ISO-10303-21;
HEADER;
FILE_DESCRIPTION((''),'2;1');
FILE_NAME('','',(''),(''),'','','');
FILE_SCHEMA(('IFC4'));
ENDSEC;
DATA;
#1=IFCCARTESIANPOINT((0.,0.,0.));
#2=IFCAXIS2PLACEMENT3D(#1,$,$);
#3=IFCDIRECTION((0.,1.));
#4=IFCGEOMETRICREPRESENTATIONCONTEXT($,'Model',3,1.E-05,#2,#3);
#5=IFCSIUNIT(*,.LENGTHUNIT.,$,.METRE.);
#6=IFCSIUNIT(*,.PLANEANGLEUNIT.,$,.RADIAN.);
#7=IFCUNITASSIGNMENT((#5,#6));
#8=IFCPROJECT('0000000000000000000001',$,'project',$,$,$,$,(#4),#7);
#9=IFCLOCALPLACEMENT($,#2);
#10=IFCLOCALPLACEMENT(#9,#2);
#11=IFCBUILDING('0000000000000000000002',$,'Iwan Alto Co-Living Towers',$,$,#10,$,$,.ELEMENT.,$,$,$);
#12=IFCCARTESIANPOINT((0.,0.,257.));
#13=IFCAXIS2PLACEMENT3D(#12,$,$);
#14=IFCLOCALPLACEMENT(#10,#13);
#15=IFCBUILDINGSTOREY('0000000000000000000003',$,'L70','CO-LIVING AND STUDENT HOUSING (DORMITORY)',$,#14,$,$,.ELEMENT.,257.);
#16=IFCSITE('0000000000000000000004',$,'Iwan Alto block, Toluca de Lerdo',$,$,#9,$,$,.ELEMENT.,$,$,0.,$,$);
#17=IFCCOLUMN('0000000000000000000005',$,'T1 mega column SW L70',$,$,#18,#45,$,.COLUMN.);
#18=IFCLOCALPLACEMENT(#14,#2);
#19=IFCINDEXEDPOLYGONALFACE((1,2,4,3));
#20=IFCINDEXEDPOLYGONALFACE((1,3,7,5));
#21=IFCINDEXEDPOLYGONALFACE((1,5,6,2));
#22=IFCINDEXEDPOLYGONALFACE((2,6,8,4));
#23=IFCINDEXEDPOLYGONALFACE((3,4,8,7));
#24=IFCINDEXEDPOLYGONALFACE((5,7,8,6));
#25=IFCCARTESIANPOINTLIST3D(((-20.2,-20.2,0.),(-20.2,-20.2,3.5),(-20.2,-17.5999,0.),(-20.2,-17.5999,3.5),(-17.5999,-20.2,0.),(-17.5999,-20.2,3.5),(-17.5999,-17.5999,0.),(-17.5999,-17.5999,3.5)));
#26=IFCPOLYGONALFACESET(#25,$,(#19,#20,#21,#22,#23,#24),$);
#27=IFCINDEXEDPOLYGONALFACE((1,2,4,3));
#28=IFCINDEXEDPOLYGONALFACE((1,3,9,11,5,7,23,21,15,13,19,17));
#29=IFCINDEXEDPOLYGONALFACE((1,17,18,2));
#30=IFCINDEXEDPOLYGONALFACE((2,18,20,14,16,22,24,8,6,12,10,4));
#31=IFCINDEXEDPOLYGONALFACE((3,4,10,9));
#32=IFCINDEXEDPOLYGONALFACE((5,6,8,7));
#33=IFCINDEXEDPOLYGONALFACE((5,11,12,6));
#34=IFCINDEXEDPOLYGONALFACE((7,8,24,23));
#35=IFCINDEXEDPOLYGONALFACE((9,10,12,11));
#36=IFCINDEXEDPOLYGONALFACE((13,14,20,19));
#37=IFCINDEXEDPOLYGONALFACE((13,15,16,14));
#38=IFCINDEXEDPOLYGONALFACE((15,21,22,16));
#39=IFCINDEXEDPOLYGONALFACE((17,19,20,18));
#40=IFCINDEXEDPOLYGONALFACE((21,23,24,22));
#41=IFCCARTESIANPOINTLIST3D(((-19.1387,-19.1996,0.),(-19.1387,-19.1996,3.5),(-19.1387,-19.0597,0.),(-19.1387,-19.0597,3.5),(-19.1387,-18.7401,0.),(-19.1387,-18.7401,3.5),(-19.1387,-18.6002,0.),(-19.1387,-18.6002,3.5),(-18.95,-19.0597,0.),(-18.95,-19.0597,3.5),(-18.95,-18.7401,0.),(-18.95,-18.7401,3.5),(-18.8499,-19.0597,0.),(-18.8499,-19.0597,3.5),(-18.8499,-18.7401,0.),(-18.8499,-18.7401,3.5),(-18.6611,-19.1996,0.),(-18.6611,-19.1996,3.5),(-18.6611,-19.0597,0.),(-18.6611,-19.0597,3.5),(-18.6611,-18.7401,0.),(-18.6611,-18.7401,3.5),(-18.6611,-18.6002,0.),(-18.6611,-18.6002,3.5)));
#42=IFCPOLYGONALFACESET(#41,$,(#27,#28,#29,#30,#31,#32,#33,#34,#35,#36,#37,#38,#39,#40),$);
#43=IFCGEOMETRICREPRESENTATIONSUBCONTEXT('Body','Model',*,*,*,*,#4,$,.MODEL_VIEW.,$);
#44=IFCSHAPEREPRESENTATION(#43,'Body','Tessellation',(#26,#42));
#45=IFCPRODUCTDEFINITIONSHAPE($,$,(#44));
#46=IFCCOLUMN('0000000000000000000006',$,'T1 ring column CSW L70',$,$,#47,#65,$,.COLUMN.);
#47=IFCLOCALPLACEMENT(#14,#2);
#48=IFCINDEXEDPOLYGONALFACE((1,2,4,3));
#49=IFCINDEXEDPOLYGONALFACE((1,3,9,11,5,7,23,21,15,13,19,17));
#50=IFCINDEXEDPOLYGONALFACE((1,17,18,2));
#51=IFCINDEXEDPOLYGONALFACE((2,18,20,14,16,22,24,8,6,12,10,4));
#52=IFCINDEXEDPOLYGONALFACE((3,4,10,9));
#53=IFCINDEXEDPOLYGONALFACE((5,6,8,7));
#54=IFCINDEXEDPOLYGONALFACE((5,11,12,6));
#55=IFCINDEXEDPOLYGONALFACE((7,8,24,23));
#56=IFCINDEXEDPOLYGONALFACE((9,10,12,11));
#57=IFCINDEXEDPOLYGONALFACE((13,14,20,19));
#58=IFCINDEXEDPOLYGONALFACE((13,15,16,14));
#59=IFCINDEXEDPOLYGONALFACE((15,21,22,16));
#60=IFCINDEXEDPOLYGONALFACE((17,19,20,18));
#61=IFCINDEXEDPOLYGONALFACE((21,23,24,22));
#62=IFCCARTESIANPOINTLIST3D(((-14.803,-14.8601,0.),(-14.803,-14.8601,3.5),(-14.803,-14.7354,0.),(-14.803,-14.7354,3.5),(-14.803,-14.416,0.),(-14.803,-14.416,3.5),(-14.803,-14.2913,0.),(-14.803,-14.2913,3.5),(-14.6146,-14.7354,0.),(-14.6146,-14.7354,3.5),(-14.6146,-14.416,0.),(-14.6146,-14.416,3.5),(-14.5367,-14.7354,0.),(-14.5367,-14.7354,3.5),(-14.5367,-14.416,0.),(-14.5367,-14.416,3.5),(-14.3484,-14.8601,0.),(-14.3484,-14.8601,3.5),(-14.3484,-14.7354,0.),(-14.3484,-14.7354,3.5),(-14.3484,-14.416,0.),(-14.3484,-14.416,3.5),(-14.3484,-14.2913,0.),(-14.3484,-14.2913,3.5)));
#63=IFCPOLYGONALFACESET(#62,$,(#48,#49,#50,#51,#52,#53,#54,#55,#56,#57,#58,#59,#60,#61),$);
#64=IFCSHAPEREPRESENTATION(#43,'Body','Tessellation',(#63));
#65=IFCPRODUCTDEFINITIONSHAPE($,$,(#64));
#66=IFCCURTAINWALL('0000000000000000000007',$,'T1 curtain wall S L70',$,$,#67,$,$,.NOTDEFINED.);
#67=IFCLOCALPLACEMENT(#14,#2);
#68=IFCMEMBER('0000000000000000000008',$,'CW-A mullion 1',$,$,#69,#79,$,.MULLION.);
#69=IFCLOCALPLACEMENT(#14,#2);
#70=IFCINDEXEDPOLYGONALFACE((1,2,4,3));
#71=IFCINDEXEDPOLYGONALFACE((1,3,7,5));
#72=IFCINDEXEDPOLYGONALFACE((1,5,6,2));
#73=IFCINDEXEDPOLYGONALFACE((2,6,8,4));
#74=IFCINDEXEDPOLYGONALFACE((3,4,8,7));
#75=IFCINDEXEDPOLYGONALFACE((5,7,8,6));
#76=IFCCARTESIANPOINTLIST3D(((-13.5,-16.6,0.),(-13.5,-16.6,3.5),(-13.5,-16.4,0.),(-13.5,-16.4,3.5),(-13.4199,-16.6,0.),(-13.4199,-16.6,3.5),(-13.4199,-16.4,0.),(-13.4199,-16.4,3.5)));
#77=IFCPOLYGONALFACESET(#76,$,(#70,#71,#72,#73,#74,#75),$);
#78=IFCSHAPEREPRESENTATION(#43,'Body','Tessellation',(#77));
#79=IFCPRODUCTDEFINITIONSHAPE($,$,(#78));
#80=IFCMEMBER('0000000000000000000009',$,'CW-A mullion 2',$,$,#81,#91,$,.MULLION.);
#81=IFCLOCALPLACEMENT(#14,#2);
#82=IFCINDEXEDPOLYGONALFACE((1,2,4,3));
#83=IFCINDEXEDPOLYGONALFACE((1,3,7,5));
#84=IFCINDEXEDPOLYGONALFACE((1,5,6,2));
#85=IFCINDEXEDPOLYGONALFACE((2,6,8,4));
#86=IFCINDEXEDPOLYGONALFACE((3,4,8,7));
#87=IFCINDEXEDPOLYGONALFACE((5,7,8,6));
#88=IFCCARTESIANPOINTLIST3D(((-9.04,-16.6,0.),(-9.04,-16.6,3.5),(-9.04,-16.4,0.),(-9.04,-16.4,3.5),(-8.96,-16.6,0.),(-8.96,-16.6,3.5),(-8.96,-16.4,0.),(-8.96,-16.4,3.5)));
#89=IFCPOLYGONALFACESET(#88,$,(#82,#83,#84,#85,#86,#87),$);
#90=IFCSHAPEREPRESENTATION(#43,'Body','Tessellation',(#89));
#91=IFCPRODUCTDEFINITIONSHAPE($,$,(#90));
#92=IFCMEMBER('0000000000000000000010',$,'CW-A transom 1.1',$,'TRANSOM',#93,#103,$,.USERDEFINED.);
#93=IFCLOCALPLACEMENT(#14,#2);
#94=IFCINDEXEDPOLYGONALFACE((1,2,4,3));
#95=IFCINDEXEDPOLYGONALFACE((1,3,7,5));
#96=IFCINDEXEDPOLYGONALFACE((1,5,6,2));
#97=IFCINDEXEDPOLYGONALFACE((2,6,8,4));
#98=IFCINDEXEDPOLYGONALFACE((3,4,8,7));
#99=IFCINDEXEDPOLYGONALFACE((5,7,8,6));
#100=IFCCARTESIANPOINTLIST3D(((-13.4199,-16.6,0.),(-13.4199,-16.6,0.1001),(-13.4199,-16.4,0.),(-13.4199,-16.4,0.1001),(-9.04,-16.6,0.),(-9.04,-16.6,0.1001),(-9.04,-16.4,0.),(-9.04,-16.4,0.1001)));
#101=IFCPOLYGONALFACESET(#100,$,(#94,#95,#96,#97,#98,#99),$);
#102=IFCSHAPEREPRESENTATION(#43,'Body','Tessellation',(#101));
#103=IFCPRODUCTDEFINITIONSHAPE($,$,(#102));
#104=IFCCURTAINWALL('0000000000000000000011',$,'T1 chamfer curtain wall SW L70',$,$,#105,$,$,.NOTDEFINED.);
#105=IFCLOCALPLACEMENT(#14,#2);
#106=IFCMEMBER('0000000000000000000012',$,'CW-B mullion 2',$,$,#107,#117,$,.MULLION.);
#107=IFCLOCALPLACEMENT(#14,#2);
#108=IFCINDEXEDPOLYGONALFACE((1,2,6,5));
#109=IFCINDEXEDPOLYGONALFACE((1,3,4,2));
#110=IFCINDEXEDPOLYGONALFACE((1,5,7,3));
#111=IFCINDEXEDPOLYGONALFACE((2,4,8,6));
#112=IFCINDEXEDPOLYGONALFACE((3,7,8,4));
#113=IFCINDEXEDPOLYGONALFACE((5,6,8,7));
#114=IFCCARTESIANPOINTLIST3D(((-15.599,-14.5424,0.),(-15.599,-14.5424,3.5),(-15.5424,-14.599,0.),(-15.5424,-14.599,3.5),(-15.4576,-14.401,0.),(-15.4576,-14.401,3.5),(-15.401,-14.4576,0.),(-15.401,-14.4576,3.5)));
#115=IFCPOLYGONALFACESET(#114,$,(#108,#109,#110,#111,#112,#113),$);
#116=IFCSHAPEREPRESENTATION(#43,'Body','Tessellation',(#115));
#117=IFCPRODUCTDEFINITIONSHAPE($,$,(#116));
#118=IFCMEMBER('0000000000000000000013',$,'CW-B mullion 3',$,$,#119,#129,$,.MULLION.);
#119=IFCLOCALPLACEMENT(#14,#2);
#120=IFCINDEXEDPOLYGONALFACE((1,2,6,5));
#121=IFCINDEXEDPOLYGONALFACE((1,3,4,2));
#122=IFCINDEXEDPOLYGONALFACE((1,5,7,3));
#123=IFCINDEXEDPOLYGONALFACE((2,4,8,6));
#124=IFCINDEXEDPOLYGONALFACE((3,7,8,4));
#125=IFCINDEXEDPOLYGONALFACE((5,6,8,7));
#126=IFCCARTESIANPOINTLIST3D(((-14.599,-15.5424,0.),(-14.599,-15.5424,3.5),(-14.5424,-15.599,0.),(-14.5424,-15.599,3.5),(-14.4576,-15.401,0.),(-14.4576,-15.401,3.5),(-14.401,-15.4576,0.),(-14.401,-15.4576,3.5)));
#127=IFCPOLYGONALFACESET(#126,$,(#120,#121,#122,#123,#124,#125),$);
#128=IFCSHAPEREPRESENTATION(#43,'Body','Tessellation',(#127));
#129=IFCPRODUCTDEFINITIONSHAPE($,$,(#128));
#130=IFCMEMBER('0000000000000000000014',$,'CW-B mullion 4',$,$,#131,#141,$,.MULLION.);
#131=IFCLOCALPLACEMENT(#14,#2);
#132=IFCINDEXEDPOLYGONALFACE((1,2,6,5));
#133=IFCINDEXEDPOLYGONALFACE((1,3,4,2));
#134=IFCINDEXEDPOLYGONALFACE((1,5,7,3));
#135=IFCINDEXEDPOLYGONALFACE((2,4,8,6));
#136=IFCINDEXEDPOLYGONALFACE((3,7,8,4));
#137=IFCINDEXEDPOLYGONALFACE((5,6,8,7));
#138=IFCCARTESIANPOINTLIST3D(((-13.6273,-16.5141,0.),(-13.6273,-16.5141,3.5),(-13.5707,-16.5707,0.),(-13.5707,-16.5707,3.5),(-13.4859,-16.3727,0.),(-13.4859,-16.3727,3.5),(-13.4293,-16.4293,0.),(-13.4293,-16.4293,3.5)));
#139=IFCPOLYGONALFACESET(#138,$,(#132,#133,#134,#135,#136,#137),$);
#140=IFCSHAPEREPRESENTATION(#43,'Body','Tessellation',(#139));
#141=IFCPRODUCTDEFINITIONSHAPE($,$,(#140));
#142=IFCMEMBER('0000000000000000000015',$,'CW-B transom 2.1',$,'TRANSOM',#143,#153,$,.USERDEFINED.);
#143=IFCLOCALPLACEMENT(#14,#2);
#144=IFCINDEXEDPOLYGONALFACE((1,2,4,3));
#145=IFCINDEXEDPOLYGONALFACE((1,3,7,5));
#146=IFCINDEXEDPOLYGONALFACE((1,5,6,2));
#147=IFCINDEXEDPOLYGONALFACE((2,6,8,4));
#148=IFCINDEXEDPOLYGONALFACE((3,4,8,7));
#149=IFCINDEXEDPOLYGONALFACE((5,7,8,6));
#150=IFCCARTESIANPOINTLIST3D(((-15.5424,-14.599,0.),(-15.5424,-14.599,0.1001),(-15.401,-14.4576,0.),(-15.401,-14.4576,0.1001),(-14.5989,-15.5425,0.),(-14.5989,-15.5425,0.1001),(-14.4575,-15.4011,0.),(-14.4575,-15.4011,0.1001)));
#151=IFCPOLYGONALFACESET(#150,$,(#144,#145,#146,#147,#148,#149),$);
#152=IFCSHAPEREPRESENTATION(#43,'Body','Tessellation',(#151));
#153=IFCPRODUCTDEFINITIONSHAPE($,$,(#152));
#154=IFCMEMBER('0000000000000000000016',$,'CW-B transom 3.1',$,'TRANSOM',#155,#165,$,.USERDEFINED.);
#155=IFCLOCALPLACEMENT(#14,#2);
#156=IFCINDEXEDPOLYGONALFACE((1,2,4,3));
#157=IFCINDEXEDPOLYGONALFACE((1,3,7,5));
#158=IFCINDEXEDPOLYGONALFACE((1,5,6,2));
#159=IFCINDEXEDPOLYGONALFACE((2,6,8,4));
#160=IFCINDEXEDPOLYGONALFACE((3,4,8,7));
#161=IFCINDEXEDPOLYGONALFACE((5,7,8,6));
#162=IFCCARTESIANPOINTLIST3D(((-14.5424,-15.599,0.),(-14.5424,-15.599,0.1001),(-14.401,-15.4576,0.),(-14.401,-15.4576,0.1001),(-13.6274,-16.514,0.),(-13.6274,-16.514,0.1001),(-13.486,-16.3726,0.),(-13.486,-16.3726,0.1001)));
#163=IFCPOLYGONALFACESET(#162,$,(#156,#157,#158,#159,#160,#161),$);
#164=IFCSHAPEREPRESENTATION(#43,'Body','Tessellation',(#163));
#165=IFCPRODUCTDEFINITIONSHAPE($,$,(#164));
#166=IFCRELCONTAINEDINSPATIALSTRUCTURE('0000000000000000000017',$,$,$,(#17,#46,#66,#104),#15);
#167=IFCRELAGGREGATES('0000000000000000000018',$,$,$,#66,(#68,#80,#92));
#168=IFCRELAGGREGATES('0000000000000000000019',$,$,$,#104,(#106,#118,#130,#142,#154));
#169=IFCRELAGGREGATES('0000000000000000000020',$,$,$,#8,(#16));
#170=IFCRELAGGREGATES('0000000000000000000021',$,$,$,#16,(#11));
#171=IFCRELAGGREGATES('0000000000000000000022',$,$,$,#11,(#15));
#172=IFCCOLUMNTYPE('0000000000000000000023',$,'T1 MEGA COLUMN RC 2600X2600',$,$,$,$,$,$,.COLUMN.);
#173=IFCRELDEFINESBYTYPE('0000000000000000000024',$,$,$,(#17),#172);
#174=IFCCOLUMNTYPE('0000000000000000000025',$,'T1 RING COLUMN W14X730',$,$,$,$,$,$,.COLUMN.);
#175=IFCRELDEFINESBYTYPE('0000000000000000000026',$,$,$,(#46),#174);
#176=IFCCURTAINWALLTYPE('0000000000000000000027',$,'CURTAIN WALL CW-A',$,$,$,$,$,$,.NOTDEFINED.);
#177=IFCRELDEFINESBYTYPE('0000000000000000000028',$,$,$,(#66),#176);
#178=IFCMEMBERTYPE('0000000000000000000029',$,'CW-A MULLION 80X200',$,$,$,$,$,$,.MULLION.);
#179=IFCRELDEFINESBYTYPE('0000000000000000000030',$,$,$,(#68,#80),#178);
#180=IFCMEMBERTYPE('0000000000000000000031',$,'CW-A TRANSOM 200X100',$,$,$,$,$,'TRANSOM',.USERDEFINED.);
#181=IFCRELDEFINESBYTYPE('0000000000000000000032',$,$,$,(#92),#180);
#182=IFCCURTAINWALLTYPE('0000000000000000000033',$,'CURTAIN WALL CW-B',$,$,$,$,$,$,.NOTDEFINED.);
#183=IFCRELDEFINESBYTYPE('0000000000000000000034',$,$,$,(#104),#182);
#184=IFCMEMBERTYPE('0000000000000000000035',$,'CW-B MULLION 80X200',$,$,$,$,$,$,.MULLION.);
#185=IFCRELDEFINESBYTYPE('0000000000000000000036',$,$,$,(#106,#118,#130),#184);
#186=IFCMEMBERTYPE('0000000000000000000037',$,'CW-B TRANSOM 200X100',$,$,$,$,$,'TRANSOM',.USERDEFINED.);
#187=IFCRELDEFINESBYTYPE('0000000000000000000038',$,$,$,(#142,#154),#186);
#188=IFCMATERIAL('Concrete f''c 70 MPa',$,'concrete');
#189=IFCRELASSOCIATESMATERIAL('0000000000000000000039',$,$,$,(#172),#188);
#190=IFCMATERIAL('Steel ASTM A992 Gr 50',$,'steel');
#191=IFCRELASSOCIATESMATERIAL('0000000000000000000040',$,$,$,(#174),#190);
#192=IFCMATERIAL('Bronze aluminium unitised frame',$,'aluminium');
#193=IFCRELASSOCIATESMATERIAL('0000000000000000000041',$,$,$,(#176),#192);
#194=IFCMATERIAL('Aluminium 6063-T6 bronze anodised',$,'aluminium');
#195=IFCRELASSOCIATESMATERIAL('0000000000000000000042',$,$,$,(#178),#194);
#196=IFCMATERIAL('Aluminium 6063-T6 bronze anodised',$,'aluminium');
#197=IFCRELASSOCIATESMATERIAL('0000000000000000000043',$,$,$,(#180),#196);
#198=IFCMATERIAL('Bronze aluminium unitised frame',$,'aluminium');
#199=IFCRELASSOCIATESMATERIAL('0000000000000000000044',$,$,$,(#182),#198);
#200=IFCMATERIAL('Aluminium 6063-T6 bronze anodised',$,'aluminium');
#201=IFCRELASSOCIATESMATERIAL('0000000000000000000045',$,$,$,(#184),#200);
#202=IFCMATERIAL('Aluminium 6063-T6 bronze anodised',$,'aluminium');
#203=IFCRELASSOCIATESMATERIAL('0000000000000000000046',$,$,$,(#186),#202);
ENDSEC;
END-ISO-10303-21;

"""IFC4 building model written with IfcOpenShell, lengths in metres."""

from ifc_helpers import new_model, si_unit, direction, frame, origin, origin_2d, place, context, subcontext, project, spatial, rectangle, i_section, extrude, material, material_profile, profile_set, type_object, element, aggregate, save


model = new_model("IFC4")

# Units and contexts
model_context = context("Model", 3, precision=1e-05, world=origin(), true_north=direction((0.0, 1.0)))
body_context = subcontext(model_context, "Body", "Model", "MODEL_VIEW")
ifc_project = project(units=[si_unit("LENGTHUNIT", "METRE"), si_unit("PLANEANGLEUNIT", "RADIAN")], contexts=[model_context])

# Site, building, storey
site_placement = place(None, origin())
site = spatial("IfcSite", under=ifc_project, at=site_placement, Name="Iwan Alto block, Toluca de Lerdo", CompositionType="ELEMENT", RefElevation=0.0)
building_placement = place(site_placement, origin())
building = spatial("IfcBuilding", under=site, at=building_placement, Name="Iwan Alto Co-Living Towers", CompositionType="ELEMENT")
storey_placement = place(building_placement, frame((0.0, 0.0, 257.0)))
storey = spatial("IfcBuildingStorey", under=building, at=storey_placement, Name="L70", Description="CO-LIVING AND STUDENT HOUSING (DORMITORY)", CompositionType="ELEMENT", Elevation=257.0)

# Columns
ifc_material_1 = material(Name="Concrete f'c 70 MPa", Category="concrete")
ifc_material_profile_1 = material_profile(ifc_material_1, rectangle(XDim=2.6001, YDim=2.6001, at=origin_2d()), Name="RC 2600X2600")
ifc_profile_set_1 = profile_set([ifc_material_profile_1], Name="Concrete f'c 70 MPa")
column_type_1 = type_object("IfcColumnType", Name="T1 MEGA COLUMN RC 2600X2600", PredefinedType="COLUMN", material=ifc_profile_set_1)
column_1_placement = place(storey_placement, frame((-18.8999, -18.8999, 0.0), z_axis=(0.0, 0.0, 1.0), x_axis=(1.0, 0.0, 0.0)))
element("IfcColumn", 1, at=column_1_placement, inside=storey, type_object=column_type_1, Name="T1 mega column SW L70", PredefinedType="COLUMN", context=body_context, shape_type="SweptSolid", body=[
    extrude(rectangle(XDim=2.6001, YDim=2.6001, at=origin_2d()), origin(), (0.0, 0.0, 1.0), 3.5),
    extrude(i_section(OverallWidth=0.4775, OverallDepth=0.5994, WebThickness=0.1001, FlangeThickness=0.1399, at=origin_2d()), origin(), (0.0, 0.0, 1.0), 3.5),
])
ifc_material_2 = material(Name="Steel ASTM A992 Gr 50", Category="steel")
ifc_material_profile_2 = material_profile(ifc_material_2, i_section(OverallWidth=0.4546, OverallDepth=0.5688, WebThickness=0.0779, FlangeThickness=0.1248, at=origin_2d()), Name="W14X730")
ifc_profile_set_2 = profile_set([ifc_material_profile_2], Name="Steel ASTM A992 Gr 50")
column_type_2 = type_object("IfcColumnType", Name="T1 RING COLUMN W14X730", PredefinedType="COLUMN", material=ifc_profile_set_2)
column_2_placement = place(storey_placement, frame((-14.5757, -14.5757, 0.0), z_axis=(0.0, 0.0, 1.0), x_axis=(1.0, 0.0, 0.0)))
element("IfcColumn", 2, at=column_2_placement, inside=storey, type_object=column_type_2, Name="T1 ring column CSW L70", PredefinedType="COLUMN", context=body_context, shape_type="SweptSolid", body=[
    extrude(i_section(OverallWidth=0.4546, OverallDepth=0.5688, WebThickness=0.0779, FlangeThickness=0.1248, at=origin_2d()), origin(), (0.0, 0.0, 1.0), 3.5),
])

# Curtain walls, members
ifc_material_3 = material(Name="Bronze aluminium unitised frame", Category="aluminium")
curtain_wall_type_1 = type_object("IfcCurtainWallType", Name="CURTAIN WALL CW-A", PredefinedType="NOTDEFINED", material=ifc_material_3)
curtain_wall_1_placement = place(storey_placement, origin())
curtain_wall_1 = element("IfcCurtainWall", 3, at=curtain_wall_1_placement, inside=storey, type_object=curtain_wall_type_1, Name="T1 curtain wall S L70", PredefinedType="NOTDEFINED")
ifc_material_4 = material(Name="Aluminium 6063-T6 bronze anodised", Category="aluminium")
ifc_material_profile_3 = material_profile(ifc_material_4, rectangle(XDim=0.2, YDim=0.0801, at=origin_2d()), Name="AL 80X200")
ifc_profile_set_3 = profile_set([ifc_material_profile_3], Name="Aluminium 6063-T6 bronze anodised")
member_type_1 = type_object("IfcMemberType", Name="CW-A MULLION 80X200", PredefinedType="MULLION", material=ifc_profile_set_3)
member_1_placement = place(storey_placement, frame((-13.46, -16.5, 0.0), z_axis=(0.0, 0.0, 1.0), x_axis=(0.0, 1.0, 0.0)))
member_1 = element("IfcMember", 4, at=member_1_placement, type_object=member_type_1, Name="CW-A mullion 1", PredefinedType="MULLION", context=body_context, shape_type="SweptSolid", body=[
    extrude(rectangle(XDim=0.2, YDim=0.0801, at=origin_2d()), origin(), (0.0, 0.0, 1.0), 3.5),
])
member_2_placement = place(storey_placement, frame((-9.0, -16.5, 0.0), z_axis=(0.0, 0.0, 1.0), x_axis=(0.0, 1.0, 0.0)))
member_2 = element("IfcMember", 5, at=member_2_placement, type_object=member_type_1, Name="CW-A mullion 2", PredefinedType="MULLION", context=body_context, shape_type="SweptSolid", body=[
    extrude(rectangle(XDim=0.2, YDim=0.0801, at=origin_2d()), origin(), (0.0, 0.0, 1.0), 3.5),
])
ifc_material_5 = material(Name="Aluminium 6063-T6 bronze anodised", Category="aluminium")
ifc_material_profile_4 = material_profile(ifc_material_5, rectangle(XDim=0.2, YDim=0.1001, at=origin_2d()), Name="AL 200X100")
ifc_profile_set_4 = profile_set([ifc_material_profile_4], Name="Aluminium 6063-T6 bronze anodised")
member_type_2 = type_object("IfcMemberType", Name="CW-A TRANSOM 200X100", ElementType="TRANSOM", PredefinedType="USERDEFINED", material=ifc_profile_set_4)
member_3_placement = place(storey_placement, frame((-13.4199, -16.5, 0.05), z_axis=(1.0, 0.0, 0.0), x_axis=(0.0, 1.0, 0.0)))
member_3 = element("IfcMember", 6, at=member_3_placement, type_object=member_type_2, Name="CW-A transom 1.1", ObjectType="TRANSOM", PredefinedType="USERDEFINED", context=body_context, shape_type="SweptSolid", body=[
    extrude(rectangle(XDim=0.2, YDim=0.1001, at=origin_2d()), origin(), (0.0, 0.0, 1.0), 4.3799),
])
ifc_material_6 = material(Name="Bronze aluminium unitised frame", Category="aluminium")
curtain_wall_type_2 = type_object("IfcCurtainWallType", Name="CURTAIN WALL CW-B", PredefinedType="NOTDEFINED", material=ifc_material_6)
curtain_wall_2_placement = place(storey_placement, origin())
curtain_wall_2 = element("IfcCurtainWall", 7, at=curtain_wall_2_placement, inside=storey, type_object=curtain_wall_type_2, Name="T1 chamfer curtain wall SW L70", PredefinedType="NOTDEFINED")
ifc_material_7 = material(Name="Aluminium 6063-T6 bronze anodised", Category="aluminium")
ifc_material_profile_5 = material_profile(ifc_material_7, rectangle(XDim=0.2, YDim=0.0801, at=origin_2d()), Name="AL 80X200")
ifc_profile_set_5 = profile_set([ifc_material_profile_5], Name="Aluminium 6063-T6 bronze anodised")
member_type_3 = type_object("IfcMemberType", Name="CW-B MULLION 80X200", PredefinedType="MULLION", material=ifc_profile_set_5)
member_4_placement = place(storey_placement, frame((-15.5, -14.5, 0.0), z_axis=(0.0, 0.0, 1.0), x_axis=(0.707107, 0.707107, 0.0)))
member_4 = element("IfcMember", 8, at=member_4_placement, type_object=member_type_3, Name="CW-B mullion 2", PredefinedType="MULLION", context=body_context, shape_type="SweptSolid", body=[
    extrude(rectangle(XDim=0.2, YDim=0.0801, at=origin_2d()), origin(), (0.0, 0.0, 1.0), 3.5),
])
member_5_placement = place(storey_placement, frame((-14.5, -15.5, 0.0), z_axis=(0.0, 0.0, 1.0), x_axis=(0.707107, 0.707107, 0.0)))
member_5 = element("IfcMember", 9, at=member_5_placement, type_object=member_type_3, Name="CW-B mullion 3", PredefinedType="MULLION", context=body_context, shape_type="SweptSolid", body=[
    extrude(rectangle(XDim=0.2, YDim=0.0801, at=origin_2d()), origin(), (0.0, 0.0, 1.0), 3.5),
])
member_6_placement = place(storey_placement, frame((-13.5283, -16.4717, 0.0), z_axis=(0.0, 0.0, 1.0), x_axis=(0.707107, 0.707107, 0.0)))
member_6 = element("IfcMember", 10, at=member_6_placement, type_object=member_type_3, Name="CW-B mullion 4", PredefinedType="MULLION", context=body_context, shape_type="SweptSolid", body=[
    extrude(rectangle(XDim=0.2, YDim=0.0801, at=origin_2d()), origin(), (0.0, 0.0, 1.0), 3.5),
])
ifc_material_8 = material(Name="Aluminium 6063-T6 bronze anodised", Category="aluminium")
ifc_material_profile_6 = material_profile(ifc_material_8, rectangle(XDim=0.2, YDim=0.1001, at=origin_2d()), Name="AL 200X100")
ifc_profile_set_6 = profile_set([ifc_material_profile_6], Name="Aluminium 6063-T6 bronze anodised")
member_type_4 = type_object("IfcMemberType", Name="CW-B TRANSOM 200X100", ElementType="TRANSOM", PredefinedType="USERDEFINED", material=ifc_profile_set_6)
member_7_placement = place(storey_placement, frame((-15.4717, -14.5283, 0.05), z_axis=(0.707107, -0.707107, 0.0), x_axis=(0.707107, 0.707107, 0.0)))
member_7 = element("IfcMember", 11, at=member_7_placement, type_object=member_type_4, Name="CW-B transom 2.1", ObjectType="TRANSOM", PredefinedType="USERDEFINED", context=body_context, shape_type="SweptSolid", body=[
    extrude(rectangle(XDim=0.2, YDim=0.1001, at=origin_2d()), origin(), (0.0, 0.0, 1.0), 1.3342),
])
member_8_placement = place(storey_placement, frame((-14.4717, -15.5283, 0.05), z_axis=(0.707107, -0.707107, 0.0), x_axis=(0.707107, 0.707107, 0.0)))
member_8 = element("IfcMember", 12, at=member_8_placement, type_object=member_type_4, Name="CW-B transom 3.1", ObjectType="TRANSOM", PredefinedType="USERDEFINED", context=body_context, shape_type="SweptSolid", body=[
    extrude(rectangle(XDim=0.2, YDim=0.1001, at=origin_2d()), origin(), (0.0, 0.0, 1.0), 1.2939),
])

aggregate(curtain_wall_1, [member_1, member_2, member_3])
aggregate(curtain_wall_2, [member_4, member_5, member_6, member_7, member_8])

save(model, "model.ifc")
